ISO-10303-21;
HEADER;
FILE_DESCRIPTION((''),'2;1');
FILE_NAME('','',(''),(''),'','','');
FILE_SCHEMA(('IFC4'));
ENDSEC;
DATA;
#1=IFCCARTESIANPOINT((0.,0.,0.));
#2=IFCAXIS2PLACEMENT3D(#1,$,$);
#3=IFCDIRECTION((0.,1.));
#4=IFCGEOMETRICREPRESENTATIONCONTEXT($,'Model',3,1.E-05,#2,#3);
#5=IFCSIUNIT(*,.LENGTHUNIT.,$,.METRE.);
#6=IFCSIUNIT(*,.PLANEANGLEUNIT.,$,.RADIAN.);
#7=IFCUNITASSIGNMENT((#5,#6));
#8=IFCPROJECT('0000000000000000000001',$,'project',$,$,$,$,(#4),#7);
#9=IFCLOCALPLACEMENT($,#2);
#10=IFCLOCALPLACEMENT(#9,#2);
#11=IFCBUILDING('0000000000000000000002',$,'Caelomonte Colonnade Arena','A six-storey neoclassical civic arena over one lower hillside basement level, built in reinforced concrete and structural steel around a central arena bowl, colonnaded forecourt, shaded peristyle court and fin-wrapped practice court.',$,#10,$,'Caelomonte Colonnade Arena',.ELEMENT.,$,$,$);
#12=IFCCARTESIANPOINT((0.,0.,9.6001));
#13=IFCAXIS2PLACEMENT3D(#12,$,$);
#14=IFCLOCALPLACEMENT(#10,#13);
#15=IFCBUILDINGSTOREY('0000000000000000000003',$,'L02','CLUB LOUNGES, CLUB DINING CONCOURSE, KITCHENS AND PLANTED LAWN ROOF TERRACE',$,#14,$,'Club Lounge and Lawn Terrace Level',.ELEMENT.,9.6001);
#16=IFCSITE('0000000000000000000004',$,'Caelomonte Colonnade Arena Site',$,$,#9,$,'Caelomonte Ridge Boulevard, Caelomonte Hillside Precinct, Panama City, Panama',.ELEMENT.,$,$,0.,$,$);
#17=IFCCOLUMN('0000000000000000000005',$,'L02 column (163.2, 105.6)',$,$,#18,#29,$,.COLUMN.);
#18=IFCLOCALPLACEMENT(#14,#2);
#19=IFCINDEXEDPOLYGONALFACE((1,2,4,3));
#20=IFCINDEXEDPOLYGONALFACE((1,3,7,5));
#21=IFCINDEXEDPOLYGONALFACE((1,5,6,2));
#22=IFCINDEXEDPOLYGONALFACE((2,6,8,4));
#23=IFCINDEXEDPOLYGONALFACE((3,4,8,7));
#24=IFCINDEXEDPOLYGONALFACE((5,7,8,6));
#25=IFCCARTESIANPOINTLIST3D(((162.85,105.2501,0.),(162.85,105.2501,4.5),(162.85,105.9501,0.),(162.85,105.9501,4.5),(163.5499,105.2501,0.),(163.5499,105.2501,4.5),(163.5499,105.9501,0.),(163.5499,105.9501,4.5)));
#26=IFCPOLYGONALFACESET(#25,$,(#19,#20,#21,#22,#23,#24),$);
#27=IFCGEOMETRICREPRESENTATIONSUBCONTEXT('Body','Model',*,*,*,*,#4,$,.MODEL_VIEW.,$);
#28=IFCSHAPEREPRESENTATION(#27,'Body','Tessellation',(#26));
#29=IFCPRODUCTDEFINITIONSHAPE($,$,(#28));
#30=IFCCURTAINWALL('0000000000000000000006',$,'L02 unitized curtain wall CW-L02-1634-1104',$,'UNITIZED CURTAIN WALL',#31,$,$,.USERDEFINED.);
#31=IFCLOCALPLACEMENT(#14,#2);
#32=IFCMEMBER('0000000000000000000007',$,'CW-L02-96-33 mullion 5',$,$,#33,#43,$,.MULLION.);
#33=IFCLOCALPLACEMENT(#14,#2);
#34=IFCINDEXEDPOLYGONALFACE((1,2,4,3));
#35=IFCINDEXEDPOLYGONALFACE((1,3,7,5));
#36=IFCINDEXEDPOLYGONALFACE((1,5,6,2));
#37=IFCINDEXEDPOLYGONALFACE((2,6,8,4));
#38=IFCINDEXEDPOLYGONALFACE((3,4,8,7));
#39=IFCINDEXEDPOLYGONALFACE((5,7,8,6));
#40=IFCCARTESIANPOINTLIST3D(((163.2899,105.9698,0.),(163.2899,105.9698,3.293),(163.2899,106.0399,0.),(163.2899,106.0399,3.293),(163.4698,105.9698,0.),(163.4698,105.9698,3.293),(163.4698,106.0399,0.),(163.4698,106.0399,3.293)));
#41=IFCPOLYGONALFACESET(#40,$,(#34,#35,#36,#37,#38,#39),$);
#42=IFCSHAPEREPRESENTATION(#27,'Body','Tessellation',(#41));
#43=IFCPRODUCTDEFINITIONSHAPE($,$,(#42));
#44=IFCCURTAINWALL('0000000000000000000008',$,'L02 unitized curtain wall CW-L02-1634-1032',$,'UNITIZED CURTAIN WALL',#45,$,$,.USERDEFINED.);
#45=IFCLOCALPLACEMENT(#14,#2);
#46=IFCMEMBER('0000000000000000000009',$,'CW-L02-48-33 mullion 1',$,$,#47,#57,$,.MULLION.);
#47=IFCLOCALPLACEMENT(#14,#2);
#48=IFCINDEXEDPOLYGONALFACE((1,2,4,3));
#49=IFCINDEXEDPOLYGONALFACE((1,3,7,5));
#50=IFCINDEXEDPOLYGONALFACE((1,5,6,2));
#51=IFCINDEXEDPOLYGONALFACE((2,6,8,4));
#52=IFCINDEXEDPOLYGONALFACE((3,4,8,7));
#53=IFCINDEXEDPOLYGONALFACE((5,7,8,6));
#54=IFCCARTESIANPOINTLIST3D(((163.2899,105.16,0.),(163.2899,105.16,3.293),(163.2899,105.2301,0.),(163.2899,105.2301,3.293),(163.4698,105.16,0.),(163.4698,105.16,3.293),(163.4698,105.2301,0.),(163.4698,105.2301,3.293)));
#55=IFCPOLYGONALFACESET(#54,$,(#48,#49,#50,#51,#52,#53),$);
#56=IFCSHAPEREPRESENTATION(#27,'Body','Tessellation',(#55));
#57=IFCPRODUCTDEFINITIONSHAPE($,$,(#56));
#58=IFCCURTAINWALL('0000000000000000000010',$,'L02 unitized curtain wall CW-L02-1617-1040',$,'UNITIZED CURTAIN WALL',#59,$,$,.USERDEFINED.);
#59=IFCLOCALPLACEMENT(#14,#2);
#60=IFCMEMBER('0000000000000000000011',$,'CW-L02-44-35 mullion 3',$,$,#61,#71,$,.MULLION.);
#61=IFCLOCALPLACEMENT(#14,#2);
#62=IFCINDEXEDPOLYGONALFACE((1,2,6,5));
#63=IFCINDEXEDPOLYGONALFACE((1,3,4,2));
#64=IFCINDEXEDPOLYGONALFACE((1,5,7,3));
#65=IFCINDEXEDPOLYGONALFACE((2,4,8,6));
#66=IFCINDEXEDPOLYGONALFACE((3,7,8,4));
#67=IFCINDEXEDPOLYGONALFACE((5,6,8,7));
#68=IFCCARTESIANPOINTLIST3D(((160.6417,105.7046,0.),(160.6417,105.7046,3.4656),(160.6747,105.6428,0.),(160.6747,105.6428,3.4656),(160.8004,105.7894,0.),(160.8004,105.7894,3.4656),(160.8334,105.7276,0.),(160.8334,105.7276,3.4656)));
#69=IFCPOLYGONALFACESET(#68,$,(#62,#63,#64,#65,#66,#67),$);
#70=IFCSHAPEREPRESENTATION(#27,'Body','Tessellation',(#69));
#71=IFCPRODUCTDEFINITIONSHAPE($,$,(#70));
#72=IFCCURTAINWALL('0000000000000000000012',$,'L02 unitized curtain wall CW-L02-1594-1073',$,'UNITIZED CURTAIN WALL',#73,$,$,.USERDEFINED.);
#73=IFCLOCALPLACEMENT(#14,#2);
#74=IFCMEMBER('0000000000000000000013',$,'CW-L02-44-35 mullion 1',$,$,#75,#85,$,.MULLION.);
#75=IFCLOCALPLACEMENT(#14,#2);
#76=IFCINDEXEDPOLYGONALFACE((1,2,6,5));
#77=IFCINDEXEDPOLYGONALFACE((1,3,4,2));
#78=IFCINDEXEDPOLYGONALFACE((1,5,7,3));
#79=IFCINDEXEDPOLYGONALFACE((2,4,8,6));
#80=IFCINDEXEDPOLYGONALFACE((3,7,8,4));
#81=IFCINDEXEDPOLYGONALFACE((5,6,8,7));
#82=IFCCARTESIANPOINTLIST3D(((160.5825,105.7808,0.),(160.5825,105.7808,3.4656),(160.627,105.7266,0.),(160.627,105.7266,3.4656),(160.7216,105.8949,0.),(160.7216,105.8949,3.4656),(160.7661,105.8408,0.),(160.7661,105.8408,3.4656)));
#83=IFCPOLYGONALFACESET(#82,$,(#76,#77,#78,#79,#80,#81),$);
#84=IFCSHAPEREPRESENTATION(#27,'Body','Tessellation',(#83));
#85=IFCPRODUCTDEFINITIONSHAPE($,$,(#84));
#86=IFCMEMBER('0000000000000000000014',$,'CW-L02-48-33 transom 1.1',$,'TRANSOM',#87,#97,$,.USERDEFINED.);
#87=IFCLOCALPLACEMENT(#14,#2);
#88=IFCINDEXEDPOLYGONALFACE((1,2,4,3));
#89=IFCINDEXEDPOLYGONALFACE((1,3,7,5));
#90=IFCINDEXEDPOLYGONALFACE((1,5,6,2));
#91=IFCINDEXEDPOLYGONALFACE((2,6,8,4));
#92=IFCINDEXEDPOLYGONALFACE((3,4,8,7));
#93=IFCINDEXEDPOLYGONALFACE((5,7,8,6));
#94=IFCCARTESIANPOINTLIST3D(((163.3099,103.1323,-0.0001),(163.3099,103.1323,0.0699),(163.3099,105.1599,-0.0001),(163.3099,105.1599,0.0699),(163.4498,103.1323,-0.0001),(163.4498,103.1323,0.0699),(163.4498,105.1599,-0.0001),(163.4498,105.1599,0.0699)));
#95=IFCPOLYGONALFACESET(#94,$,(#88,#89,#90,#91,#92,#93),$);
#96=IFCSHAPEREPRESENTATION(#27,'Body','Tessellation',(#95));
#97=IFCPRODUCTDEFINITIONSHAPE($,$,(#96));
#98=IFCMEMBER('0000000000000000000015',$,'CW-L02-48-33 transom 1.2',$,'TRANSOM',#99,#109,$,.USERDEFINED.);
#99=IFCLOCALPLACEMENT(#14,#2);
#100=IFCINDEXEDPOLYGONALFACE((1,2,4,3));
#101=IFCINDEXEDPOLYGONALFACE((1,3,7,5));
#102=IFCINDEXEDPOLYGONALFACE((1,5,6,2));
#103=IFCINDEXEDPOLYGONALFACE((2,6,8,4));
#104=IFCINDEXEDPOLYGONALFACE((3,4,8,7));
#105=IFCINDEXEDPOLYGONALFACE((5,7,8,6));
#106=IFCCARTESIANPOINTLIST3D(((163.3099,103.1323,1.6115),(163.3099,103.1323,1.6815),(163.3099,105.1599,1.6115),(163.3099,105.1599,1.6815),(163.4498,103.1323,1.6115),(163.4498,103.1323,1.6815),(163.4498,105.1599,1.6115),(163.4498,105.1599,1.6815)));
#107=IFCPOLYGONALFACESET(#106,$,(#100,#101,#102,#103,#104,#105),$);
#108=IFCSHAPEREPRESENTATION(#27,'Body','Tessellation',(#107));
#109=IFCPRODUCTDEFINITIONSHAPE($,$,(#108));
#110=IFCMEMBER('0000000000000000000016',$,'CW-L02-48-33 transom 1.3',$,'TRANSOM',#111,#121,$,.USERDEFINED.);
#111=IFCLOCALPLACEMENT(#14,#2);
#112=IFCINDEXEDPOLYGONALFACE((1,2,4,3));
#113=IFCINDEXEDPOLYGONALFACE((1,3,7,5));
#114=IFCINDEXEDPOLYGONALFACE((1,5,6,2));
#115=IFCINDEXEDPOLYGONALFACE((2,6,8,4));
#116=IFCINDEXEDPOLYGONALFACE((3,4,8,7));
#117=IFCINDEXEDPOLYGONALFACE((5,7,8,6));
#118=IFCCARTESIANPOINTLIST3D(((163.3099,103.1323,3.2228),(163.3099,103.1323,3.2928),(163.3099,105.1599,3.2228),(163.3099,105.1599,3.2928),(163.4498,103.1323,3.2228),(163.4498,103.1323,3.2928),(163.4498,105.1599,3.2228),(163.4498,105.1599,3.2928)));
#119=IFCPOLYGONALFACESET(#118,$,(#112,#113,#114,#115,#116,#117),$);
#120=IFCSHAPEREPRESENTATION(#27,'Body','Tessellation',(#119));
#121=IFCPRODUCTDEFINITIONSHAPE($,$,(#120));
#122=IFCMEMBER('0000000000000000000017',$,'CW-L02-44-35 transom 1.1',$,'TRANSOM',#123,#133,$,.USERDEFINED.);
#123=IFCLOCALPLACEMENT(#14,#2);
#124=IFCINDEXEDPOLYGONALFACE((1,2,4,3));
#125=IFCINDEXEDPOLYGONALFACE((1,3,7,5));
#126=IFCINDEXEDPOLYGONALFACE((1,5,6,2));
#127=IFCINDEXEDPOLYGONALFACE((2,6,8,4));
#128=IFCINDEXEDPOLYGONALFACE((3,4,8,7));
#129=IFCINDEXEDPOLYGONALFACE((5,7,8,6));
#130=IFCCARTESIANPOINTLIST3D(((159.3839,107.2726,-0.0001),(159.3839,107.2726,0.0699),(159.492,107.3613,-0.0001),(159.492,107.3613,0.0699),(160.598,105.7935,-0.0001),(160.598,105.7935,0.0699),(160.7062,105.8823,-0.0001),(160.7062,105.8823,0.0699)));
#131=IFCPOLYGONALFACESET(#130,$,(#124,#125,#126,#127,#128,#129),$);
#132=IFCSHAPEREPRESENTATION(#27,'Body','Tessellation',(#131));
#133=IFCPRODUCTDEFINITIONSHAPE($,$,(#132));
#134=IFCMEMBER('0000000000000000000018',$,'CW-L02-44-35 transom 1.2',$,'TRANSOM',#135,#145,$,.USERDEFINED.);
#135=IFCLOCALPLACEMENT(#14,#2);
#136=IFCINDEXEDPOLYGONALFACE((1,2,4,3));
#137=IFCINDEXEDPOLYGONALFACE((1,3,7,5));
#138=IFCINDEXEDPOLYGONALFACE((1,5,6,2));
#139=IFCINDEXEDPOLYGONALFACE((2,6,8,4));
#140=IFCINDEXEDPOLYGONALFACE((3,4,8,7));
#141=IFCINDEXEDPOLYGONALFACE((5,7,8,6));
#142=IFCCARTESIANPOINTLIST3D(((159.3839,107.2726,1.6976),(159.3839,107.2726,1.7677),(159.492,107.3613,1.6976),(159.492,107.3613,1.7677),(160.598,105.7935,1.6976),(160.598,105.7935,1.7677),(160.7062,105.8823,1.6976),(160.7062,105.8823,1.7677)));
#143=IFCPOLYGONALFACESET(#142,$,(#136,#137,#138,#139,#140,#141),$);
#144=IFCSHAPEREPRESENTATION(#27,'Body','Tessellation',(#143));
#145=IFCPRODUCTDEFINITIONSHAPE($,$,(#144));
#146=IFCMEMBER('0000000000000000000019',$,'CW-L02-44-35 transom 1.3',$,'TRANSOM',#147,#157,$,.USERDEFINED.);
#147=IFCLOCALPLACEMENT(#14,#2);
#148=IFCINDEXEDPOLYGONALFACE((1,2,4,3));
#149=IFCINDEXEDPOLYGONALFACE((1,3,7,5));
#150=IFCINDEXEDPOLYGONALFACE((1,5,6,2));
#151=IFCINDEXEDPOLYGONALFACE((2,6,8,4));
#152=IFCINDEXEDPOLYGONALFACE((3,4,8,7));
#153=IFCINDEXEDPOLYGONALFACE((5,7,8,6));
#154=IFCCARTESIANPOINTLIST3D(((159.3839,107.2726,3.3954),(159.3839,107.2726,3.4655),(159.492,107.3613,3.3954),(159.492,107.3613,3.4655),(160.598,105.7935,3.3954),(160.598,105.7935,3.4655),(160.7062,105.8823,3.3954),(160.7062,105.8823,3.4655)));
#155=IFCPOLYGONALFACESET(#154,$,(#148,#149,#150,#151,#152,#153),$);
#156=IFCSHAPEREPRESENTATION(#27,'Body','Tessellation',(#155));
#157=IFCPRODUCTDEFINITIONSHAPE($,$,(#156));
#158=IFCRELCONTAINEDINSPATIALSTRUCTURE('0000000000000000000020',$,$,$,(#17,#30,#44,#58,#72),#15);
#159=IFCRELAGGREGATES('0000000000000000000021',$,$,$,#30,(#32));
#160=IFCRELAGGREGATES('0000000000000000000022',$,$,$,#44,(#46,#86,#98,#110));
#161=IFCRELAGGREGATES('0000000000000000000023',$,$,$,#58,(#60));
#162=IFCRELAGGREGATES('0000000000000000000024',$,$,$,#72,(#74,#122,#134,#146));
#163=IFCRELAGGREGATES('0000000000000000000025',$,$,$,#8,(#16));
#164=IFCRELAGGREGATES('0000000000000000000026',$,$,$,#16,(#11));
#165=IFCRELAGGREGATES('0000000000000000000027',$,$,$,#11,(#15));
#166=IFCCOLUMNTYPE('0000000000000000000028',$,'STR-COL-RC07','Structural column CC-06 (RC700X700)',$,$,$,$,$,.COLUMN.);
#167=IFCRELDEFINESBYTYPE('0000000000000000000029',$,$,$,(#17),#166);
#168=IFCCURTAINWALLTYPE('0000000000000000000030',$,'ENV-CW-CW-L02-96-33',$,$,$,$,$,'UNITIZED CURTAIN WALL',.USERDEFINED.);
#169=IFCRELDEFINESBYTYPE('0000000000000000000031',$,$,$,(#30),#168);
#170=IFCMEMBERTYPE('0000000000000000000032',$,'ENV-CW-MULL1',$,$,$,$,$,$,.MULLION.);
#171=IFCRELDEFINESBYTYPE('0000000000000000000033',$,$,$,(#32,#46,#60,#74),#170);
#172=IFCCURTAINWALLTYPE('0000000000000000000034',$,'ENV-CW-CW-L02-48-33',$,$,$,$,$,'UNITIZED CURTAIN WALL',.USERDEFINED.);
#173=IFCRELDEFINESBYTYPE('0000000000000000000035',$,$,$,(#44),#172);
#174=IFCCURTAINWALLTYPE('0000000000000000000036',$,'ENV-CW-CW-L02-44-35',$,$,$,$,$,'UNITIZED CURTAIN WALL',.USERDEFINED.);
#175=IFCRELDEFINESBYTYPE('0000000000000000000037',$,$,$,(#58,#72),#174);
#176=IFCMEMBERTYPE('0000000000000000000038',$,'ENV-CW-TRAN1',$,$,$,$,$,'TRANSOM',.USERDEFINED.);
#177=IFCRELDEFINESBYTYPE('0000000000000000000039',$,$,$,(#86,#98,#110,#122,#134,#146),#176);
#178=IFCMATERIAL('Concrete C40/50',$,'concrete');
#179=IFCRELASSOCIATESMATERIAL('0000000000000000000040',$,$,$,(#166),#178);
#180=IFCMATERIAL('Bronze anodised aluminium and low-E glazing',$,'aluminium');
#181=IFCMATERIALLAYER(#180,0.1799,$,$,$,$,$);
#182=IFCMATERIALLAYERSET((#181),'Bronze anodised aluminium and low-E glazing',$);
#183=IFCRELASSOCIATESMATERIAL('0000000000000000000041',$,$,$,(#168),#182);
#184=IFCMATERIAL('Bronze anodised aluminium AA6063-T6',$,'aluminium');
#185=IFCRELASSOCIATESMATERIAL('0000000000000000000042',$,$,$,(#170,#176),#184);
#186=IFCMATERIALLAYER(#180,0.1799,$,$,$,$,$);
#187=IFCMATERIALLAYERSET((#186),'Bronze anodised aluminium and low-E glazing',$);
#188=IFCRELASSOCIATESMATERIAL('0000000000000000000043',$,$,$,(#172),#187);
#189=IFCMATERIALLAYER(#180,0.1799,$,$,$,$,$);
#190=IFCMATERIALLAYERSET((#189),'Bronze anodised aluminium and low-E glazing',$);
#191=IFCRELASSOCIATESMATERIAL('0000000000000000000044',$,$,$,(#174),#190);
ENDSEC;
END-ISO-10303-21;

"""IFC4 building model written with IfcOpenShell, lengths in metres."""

from ifc_helpers import new_model, si_unit, direction, frame, origin, origin_2d, place, context, subcontext, project, spatial, rectangle, extrude, material, layer, layer_set, material_profile, profile_set, type_object, element, aggregate, save


model = new_model("IFC4")

# Units and contexts
model_context = context("Model", 3, precision=1e-05, world=origin(), true_north=direction((0.0, 1.0)))
body_context = subcontext(model_context, "Body", "Model", "MODEL_VIEW")
ifc_project = project(units=[si_unit("LENGTHUNIT", "METRE"), si_unit("PLANEANGLEUNIT", "RADIAN")], contexts=[model_context])

# Site, building, storey
site_placement = place(None, origin())
site = spatial("IfcSite", under=ifc_project, at=site_placement, Name="Caelomonte Colonnade Arena Site", LongName="Caelomonte Ridge Boulevard, Caelomonte Hillside Precinct, Panama City, Panama", CompositionType="ELEMENT", RefElevation=0.0)
building_placement = place(site_placement, origin())
building = spatial("IfcBuilding", under=site, at=building_placement, Name="Caelomonte Colonnade Arena", Description="A six-storey neoclassical civic arena over one lower hillside basement level, built in reinforced concrete and structural steel around a central arena bowl, colonnaded forecourt, shaded peristyle court and fin-wrapped practice court.", LongName="Caelomonte Colonnade Arena", CompositionType="ELEMENT")
storey_placement = place(building_placement, frame((0.0, 0.0, 9.6001)))
storey = spatial("IfcBuildingStorey", under=building, at=storey_placement, Name="L02", Description="CLUB LOUNGES, CLUB DINING CONCOURSE, KITCHENS AND PLANTED LAWN ROOF TERRACE", LongName="Club Lounge and Lawn Terrace Level", CompositionType="ELEMENT", Elevation=9.6001)

# Column
ifc_material_1 = material(Name="Concrete C40/50", Category="concrete")
ifc_material_profile_1 = material_profile(ifc_material_1, rectangle(XDim=0.7, YDim=0.7, at=origin_2d()), Name="RC700X700")
ifc_profile_set_1 = profile_set([ifc_material_profile_1], Name="Concrete C40/50")
column_type = type_object("IfcColumnType", Name="STR-COL-RC07", Description="Structural column CC-06 (RC700X700)", PredefinedType="COLUMN", material=ifc_profile_set_1)
column_placement = place(storey_placement, frame((163.2, 105.6001, 0.0), z_axis=(0.0, 0.0, 1.0), x_axis=(1.0, 0.0, 0.0)))
element("IfcColumn", 1, at=column_placement, inside=storey, type_object=column_type, Name="L02 column (163.2, 105.6)", PredefinedType="COLUMN", context=body_context, shape_type="SweptSolid", body=[
    extrude(rectangle(XDim=0.7, YDim=0.7, at=origin_2d()), origin(), (0.0, 0.0, 1.0), 4.5),
])

# Curtain walls, members
ifc_material_2 = material(Name="Bronze anodised aluminium and low-E glazing", Category="aluminium")
ifc_layer_1 = layer(ifc_material_2, 0.1799)
ifc_layer_set_1 = layer_set([ifc_layer_1], Name="Bronze anodised aluminium and low-E glazing")
curtain_wall_type_1 = type_object("IfcCurtainWallType", Name="ENV-CW-CW-L02-96-33", ElementType="UNITIZED CURTAIN WALL", PredefinedType="USERDEFINED", material=ifc_layer_set_1)
curtain_wall_1_placement = place(storey_placement, origin())
curtain_wall_1 = element("IfcCurtainWall", 2, at=curtain_wall_1_placement, inside=storey, type_object=curtain_wall_type_1, Name="L02 unitized curtain wall CW-L02-1634-1104", ObjectType="UNITIZED CURTAIN WALL", PredefinedType="USERDEFINED")
ifc_material_3 = material(Name="Bronze anodised aluminium AA6063-T6", Category="aluminium")
ifc_material_profile_2 = material_profile(ifc_material_3, rectangle(XDim=0.0701, YDim=0.1799, at=origin_2d()), Name="CWM-70X180")
ifc_profile_set_2 = profile_set([ifc_material_profile_2], Name="Bronze anodised aluminium AA6063-T6")
member_type_1 = type_object("IfcMemberType", Name="ENV-CW-MULL1", PredefinedType="MULLION", material=ifc_profile_set_2)
member_1_placement = place(storey_placement, frame((163.3799, 106.0049, 0.0), z_axis=(0.0, 0.0, 1.0), x_axis=(0.0, -1.0, 0.0)))
member_1 = element("IfcMember", 3, at=member_1_placement, type_object=member_type_1, Name="CW-L02-96-33 mullion 5", PredefinedType="MULLION", context=body_context, shape_type="SweptSolid", body=[
    extrude(rectangle(XDim=0.0701, YDim=0.1799, at=origin_2d()), origin(), (0.0, 0.0, 1.0), 3.293),
])
ifc_layer_2 = layer(ifc_material_2, 0.1799)
ifc_layer_set_2 = layer_set([ifc_layer_2], Name="Bronze anodised aluminium and low-E glazing")
curtain_wall_type_2 = type_object("IfcCurtainWallType", Name="ENV-CW-CW-L02-48-33", ElementType="UNITIZED CURTAIN WALL", PredefinedType="USERDEFINED", material=ifc_layer_set_2)
curtain_wall_2_placement = place(storey_placement, origin())
curtain_wall_2 = element("IfcCurtainWall", 4, at=curtain_wall_2_placement, inside=storey, type_object=curtain_wall_type_2, Name="L02 unitized curtain wall CW-L02-1634-1032", ObjectType="UNITIZED CURTAIN WALL", PredefinedType="USERDEFINED")
member_2_placement = place(storey_placement, frame((163.3799, 105.1951, 0.0), z_axis=(0.0, 0.0, 1.0), x_axis=(0.0, -1.0, 0.0)))
member_2 = element("IfcMember", 5, at=member_2_placement, type_object=member_type_1, Name="CW-L02-48-33 mullion 1", PredefinedType="MULLION", context=body_context, shape_type="SweptSolid", body=[
    extrude(rectangle(XDim=0.0701, YDim=0.1799, at=origin_2d()), origin(), (0.0, 0.0, 1.0), 3.293),
])
ifc_layer_3 = layer(ifc_material_2, 0.1799)
ifc_layer_set_3 = layer_set([ifc_layer_3], Name="Bronze anodised aluminium and low-E glazing")
curtain_wall_type_3 = type_object("IfcCurtainWallType", Name="ENV-CW-CW-L02-44-35", ElementType="UNITIZED CURTAIN WALL", PredefinedType="USERDEFINED", material=ifc_layer_set_3)
curtain_wall_3_placement = place(storey_placement, origin())
curtain_wall_3 = element("IfcCurtainWall", 6, at=curtain_wall_3_placement, inside=storey, type_object=curtain_wall_type_3, Name="L02 unitized curtain wall CW-L02-1617-1040", ObjectType="UNITIZED CURTAIN WALL", PredefinedType="USERDEFINED")
member_3_placement = place(storey_placement, frame((160.7375, 105.7161, 0.0), z_axis=(0.0, 0.0, 1.0), x_axis=(-0.471394, 0.881923, 0.0)))
member_3 = element("IfcMember", 7, at=member_3_placement, type_object=member_type_1, Name="CW-L02-44-35 mullion 3", PredefinedType="MULLION", context=body_context, shape_type="SweptSolid", body=[
    extrude(rectangle(XDim=0.0701, YDim=0.1799, at=origin_2d()), origin(), (0.0, 0.0, 1.0), 3.4656),
])
curtain_wall_4_placement = place(storey_placement, origin())
curtain_wall_4 = element("IfcCurtainWall", 8, at=curtain_wall_4_placement, inside=storey, type_object=curtain_wall_type_3, Name="L02 unitized curtain wall CW-L02-1594-1073", ObjectType="UNITIZED CURTAIN WALL", PredefinedType="USERDEFINED")
member_4_placement = place(storey_placement, frame((160.6743, 105.8108, 0.0), z_axis=(0.0, 0.0, 1.0), x_axis=(-0.634416, 0.772992, 0.0)))
member_4 = element("IfcMember", 9, at=member_4_placement, type_object=member_type_1, Name="CW-L02-44-35 mullion 1", PredefinedType="MULLION", context=body_context, shape_type="SweptSolid", body=[
    extrude(rectangle(XDim=0.0701, YDim=0.1799, at=origin_2d()), origin(), (0.0, 0.0, 1.0), 3.4656),
])

# Members
ifc_material_profile_3 = material_profile(ifc_material_3, rectangle(XDim=0.0701, YDim=0.1399, at=origin_2d()), Name="CWT-70X140")
ifc_profile_set_3 = profile_set([ifc_material_profile_3], Name="Bronze anodised aluminium AA6063-T6")
member_type_2 = type_object("IfcMemberType", Name="ENV-CW-TRAN1", ElementType="TRANSOM", PredefinedType="USERDEFINED", material=ifc_profile_set_3)
member_5_placement = place(storey_placement, frame((163.3799, 105.1599, 0.0349), z_axis=(0.0, -1.0, 0.0), x_axis=(0.0, 0.0, 1.0)))
member_5 = element("IfcMember", 10, at=member_5_placement, type_object=member_type_2, Name="CW-L02-48-33 transom 1.1", ObjectType="TRANSOM", PredefinedType="USERDEFINED", context=body_context, shape_type="SweptSolid", body=[
    extrude(rectangle(XDim=0.0701, YDim=0.1399, at=origin_2d()), origin(), (0.0, 0.0, 1.0), 2.0276),
])
member_6_placement = place(storey_placement, frame((163.3799, 105.1599, 1.6465), z_axis=(0.0, -1.0, 0.0), x_axis=(0.0, 0.0, 1.0)))
member_6 = element("IfcMember", 11, at=member_6_placement, type_object=member_type_2, Name="CW-L02-48-33 transom 1.2", ObjectType="TRANSOM", PredefinedType="USERDEFINED", context=body_context, shape_type="SweptSolid", body=[
    extrude(rectangle(XDim=0.0701, YDim=0.1399, at=origin_2d()), origin(), (0.0, 0.0, 1.0), 2.0276),
])
member_7_placement = place(storey_placement, frame((163.3799, 105.1599, 3.2578), z_axis=(0.0, -1.0, 0.0), x_axis=(0.0, 0.0, 1.0)))
member_7 = element("IfcMember", 12, at=member_7_placement, type_object=member_type_2, Name="CW-L02-48-33 transom 1.3", ObjectType="TRANSOM", PredefinedType="USERDEFINED", context=body_context, shape_type="SweptSolid", body=[
    extrude(rectangle(XDim=0.0701, YDim=0.1399, at=origin_2d()), origin(), (0.0, 0.0, 1.0), 2.0276),
])
member_8_placement = place(storey_placement, frame((160.6521, 105.8379, 0.0349), z_axis=(-0.634495, 0.772927, 0.0), x_axis=(0.0, 0.0, 1.0)))
member_8 = element("IfcMember", 13, at=member_8_placement, type_object=member_type_2, Name="CW-L02-44-35 transom 1.1", ObjectType="TRANSOM", PredefinedType="USERDEFINED", context=body_context, shape_type="SweptSolid", body=[
    extrude(rectangle(XDim=0.0701, YDim=0.1399, at=origin_2d()), origin(), (0.0, 0.0, 1.0), 1.9136),
])
member_9_placement = place(storey_placement, frame((160.6521, 105.8379, 1.7327), z_axis=(-0.634495, 0.772927, 0.0), x_axis=(0.0, 0.0, 1.0)))
member_9 = element("IfcMember", 14, at=member_9_placement, type_object=member_type_2, Name="CW-L02-44-35 transom 1.2", ObjectType="TRANSOM", PredefinedType="USERDEFINED", context=body_context, shape_type="SweptSolid", body=[
    extrude(rectangle(XDim=0.0701, YDim=0.1399, at=origin_2d()), origin(), (0.0, 0.0, 1.0), 1.9136),
])
member_10_placement = place(storey_placement, frame((160.6521, 105.8379, 3.4304), z_axis=(-0.634495, 0.772927, 0.0), x_axis=(0.0, 0.0, 1.0)))
member_10 = element("IfcMember", 15, at=member_10_placement, type_object=member_type_2, Name="CW-L02-44-35 transom 1.3", ObjectType="TRANSOM", PredefinedType="USERDEFINED", context=body_context, shape_type="SweptSolid", body=[
    extrude(rectangle(XDim=0.0701, YDim=0.1399, at=origin_2d()), origin(), (0.0, 0.0, 1.0), 1.9136),
])

aggregate(curtain_wall_1, [member_1])
aggregate(curtain_wall_2, [member_2, member_5, member_6, member_7])
aggregate(curtain_wall_3, [member_3])
aggregate(curtain_wall_4, [member_4, member_8, member_9, member_10])

save(model, "model.ifc")
